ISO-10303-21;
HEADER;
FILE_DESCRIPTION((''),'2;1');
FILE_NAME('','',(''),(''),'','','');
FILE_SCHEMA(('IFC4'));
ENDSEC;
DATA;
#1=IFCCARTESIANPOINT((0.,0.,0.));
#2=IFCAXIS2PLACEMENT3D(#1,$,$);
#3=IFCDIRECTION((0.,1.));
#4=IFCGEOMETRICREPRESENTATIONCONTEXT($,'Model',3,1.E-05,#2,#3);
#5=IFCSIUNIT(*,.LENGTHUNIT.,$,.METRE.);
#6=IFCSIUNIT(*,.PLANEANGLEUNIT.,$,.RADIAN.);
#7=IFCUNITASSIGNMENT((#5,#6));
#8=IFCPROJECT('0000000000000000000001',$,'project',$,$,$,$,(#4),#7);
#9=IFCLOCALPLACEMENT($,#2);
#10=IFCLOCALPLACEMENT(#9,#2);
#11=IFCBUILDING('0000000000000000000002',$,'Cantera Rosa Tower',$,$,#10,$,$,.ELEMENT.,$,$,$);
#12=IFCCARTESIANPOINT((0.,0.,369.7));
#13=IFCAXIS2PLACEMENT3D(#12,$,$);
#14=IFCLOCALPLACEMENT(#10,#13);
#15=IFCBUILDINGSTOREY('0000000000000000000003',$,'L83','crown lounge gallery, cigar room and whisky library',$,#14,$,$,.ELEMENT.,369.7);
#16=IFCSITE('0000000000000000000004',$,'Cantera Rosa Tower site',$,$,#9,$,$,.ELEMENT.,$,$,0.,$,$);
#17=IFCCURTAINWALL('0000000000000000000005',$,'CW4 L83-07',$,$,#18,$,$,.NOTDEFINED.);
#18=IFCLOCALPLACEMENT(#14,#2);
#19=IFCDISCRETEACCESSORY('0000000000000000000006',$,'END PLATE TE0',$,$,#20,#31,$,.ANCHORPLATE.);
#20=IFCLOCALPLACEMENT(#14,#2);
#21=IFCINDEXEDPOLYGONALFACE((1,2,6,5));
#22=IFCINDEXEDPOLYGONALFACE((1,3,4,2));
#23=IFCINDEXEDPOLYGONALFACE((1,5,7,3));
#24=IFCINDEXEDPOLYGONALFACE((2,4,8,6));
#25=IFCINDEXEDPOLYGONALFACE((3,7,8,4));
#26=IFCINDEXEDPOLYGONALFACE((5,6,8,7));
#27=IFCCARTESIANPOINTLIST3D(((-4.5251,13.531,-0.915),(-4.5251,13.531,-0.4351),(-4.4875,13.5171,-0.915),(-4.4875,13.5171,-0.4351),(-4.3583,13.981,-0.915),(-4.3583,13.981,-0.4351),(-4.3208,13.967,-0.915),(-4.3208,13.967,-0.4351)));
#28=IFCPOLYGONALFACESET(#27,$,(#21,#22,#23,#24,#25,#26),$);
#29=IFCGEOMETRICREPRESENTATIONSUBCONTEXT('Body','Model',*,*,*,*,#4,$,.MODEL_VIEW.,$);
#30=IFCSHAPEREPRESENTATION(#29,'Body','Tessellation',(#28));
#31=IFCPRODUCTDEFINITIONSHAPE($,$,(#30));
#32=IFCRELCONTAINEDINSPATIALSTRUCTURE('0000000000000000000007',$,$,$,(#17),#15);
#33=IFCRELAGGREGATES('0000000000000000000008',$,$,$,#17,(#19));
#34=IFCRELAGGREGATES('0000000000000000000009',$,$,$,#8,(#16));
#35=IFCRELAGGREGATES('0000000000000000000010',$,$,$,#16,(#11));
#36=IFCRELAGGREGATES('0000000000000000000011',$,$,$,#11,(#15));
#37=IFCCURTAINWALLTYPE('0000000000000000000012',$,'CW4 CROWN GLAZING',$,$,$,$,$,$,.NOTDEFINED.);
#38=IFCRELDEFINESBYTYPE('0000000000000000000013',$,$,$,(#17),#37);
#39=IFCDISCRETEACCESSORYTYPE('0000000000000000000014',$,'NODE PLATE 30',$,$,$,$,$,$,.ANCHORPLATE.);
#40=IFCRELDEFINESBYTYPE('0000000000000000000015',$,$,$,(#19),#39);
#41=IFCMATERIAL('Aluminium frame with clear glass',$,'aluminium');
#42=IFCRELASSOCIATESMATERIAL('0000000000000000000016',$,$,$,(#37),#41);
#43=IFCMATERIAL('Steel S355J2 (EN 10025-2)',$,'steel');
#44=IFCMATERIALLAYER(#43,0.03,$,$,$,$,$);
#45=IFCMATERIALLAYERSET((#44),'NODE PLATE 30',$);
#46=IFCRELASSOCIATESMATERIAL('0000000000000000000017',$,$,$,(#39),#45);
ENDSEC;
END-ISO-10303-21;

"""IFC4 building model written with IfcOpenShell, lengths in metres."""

from ifc_helpers import new_model, si_unit, direction, frame, origin, place, context, subcontext, project, spatial, polyline, outline, extrude, material, layer, layer_set, type_object, element, aggregate, save


model = new_model("IFC4")

# Units and contexts
model_context = context("Model", 3, precision=1e-05, world=origin(), true_north=direction((0.0, 1.0)))
body_context = subcontext(model_context, "Body", "Model", "MODEL_VIEW")
ifc_project = project(units=[si_unit("LENGTHUNIT", "METRE"), si_unit("PLANEANGLEUNIT", "RADIAN")], contexts=[model_context])

# Site, building, storey
site_placement = place(None, origin())
site = spatial("IfcSite", under=ifc_project, at=site_placement, Name="Cantera Rosa Tower site", CompositionType="ELEMENT", RefElevation=0.0)
building_placement = place(site_placement, origin())
building = spatial("IfcBuilding", under=site, at=building_placement, Name="Cantera Rosa Tower", CompositionType="ELEMENT")
storey_placement = place(building_placement, frame((0.0, 0.0, 369.7)))
storey = spatial("IfcBuildingStorey", under=building, at=storey_placement, Name="L83", Description="crown lounge gallery, cigar room and whisky library", CompositionType="ELEMENT", Elevation=369.7)

# Curtain wall
ifc_material_1 = material(Name="Aluminium frame with clear glass", Category="aluminium")
curtain_wall_type = type_object("IfcCurtainWallType", Name="CW4 CROWN GLAZING", PredefinedType="NOTDEFINED", material=ifc_material_1)
curtain_wall_1_placement = place(storey_placement, origin())
curtain_wall_1 = element("IfcCurtainWall", 1, at=curtain_wall_1_placement, inside=storey, type_object=curtain_wall_type, Name="CW4 L83-07", PredefinedType="NOTDEFINED")

# Shared definitions
ifc_material_2 = material(Name="Steel S355J2 (EN 10025-2)", Category="steel")
ifc_layer_1 = layer(ifc_material_2, 0.03)
ifc_layer_set_1 = layer_set([ifc_layer_1], Name="NODE PLATE 30")
discrete_accessory_type = type_object("IfcDiscreteAccessoryType", Name="NODE PLATE 30", PredefinedType="ANCHORPLATE", material=ifc_layer_set_1)

# Discrete accessory
discrete_accessory_1_placement = place(storey_placement, frame((-4.3208, 13.967, -0.4351), z_axis=(0.937681, -0.347497, 0.0), x_axis=(-0.347497, -0.937681, 0.0)))
discrete_accessory_1 = element("IfcDiscreteAccessory", 2, at=discrete_accessory_1_placement, type_object=discrete_accessory_type, Name="END PLATE TE0", PredefinedType="ANCHORPLATE", context=body_context, shape_type="SweptSolid", body=[
    extrude(outline(polyline([(0.0, 0.0), (0.4799, 0.0), (0.4799, 0.48), (0.0, 0.48), (0.0, 0.0)])), origin(), (0.0, 0.0, -1.0), 0.04),
])
aggregate(curtain_wall_1, [discrete_accessory_1])

save(model, "model.ifc")
